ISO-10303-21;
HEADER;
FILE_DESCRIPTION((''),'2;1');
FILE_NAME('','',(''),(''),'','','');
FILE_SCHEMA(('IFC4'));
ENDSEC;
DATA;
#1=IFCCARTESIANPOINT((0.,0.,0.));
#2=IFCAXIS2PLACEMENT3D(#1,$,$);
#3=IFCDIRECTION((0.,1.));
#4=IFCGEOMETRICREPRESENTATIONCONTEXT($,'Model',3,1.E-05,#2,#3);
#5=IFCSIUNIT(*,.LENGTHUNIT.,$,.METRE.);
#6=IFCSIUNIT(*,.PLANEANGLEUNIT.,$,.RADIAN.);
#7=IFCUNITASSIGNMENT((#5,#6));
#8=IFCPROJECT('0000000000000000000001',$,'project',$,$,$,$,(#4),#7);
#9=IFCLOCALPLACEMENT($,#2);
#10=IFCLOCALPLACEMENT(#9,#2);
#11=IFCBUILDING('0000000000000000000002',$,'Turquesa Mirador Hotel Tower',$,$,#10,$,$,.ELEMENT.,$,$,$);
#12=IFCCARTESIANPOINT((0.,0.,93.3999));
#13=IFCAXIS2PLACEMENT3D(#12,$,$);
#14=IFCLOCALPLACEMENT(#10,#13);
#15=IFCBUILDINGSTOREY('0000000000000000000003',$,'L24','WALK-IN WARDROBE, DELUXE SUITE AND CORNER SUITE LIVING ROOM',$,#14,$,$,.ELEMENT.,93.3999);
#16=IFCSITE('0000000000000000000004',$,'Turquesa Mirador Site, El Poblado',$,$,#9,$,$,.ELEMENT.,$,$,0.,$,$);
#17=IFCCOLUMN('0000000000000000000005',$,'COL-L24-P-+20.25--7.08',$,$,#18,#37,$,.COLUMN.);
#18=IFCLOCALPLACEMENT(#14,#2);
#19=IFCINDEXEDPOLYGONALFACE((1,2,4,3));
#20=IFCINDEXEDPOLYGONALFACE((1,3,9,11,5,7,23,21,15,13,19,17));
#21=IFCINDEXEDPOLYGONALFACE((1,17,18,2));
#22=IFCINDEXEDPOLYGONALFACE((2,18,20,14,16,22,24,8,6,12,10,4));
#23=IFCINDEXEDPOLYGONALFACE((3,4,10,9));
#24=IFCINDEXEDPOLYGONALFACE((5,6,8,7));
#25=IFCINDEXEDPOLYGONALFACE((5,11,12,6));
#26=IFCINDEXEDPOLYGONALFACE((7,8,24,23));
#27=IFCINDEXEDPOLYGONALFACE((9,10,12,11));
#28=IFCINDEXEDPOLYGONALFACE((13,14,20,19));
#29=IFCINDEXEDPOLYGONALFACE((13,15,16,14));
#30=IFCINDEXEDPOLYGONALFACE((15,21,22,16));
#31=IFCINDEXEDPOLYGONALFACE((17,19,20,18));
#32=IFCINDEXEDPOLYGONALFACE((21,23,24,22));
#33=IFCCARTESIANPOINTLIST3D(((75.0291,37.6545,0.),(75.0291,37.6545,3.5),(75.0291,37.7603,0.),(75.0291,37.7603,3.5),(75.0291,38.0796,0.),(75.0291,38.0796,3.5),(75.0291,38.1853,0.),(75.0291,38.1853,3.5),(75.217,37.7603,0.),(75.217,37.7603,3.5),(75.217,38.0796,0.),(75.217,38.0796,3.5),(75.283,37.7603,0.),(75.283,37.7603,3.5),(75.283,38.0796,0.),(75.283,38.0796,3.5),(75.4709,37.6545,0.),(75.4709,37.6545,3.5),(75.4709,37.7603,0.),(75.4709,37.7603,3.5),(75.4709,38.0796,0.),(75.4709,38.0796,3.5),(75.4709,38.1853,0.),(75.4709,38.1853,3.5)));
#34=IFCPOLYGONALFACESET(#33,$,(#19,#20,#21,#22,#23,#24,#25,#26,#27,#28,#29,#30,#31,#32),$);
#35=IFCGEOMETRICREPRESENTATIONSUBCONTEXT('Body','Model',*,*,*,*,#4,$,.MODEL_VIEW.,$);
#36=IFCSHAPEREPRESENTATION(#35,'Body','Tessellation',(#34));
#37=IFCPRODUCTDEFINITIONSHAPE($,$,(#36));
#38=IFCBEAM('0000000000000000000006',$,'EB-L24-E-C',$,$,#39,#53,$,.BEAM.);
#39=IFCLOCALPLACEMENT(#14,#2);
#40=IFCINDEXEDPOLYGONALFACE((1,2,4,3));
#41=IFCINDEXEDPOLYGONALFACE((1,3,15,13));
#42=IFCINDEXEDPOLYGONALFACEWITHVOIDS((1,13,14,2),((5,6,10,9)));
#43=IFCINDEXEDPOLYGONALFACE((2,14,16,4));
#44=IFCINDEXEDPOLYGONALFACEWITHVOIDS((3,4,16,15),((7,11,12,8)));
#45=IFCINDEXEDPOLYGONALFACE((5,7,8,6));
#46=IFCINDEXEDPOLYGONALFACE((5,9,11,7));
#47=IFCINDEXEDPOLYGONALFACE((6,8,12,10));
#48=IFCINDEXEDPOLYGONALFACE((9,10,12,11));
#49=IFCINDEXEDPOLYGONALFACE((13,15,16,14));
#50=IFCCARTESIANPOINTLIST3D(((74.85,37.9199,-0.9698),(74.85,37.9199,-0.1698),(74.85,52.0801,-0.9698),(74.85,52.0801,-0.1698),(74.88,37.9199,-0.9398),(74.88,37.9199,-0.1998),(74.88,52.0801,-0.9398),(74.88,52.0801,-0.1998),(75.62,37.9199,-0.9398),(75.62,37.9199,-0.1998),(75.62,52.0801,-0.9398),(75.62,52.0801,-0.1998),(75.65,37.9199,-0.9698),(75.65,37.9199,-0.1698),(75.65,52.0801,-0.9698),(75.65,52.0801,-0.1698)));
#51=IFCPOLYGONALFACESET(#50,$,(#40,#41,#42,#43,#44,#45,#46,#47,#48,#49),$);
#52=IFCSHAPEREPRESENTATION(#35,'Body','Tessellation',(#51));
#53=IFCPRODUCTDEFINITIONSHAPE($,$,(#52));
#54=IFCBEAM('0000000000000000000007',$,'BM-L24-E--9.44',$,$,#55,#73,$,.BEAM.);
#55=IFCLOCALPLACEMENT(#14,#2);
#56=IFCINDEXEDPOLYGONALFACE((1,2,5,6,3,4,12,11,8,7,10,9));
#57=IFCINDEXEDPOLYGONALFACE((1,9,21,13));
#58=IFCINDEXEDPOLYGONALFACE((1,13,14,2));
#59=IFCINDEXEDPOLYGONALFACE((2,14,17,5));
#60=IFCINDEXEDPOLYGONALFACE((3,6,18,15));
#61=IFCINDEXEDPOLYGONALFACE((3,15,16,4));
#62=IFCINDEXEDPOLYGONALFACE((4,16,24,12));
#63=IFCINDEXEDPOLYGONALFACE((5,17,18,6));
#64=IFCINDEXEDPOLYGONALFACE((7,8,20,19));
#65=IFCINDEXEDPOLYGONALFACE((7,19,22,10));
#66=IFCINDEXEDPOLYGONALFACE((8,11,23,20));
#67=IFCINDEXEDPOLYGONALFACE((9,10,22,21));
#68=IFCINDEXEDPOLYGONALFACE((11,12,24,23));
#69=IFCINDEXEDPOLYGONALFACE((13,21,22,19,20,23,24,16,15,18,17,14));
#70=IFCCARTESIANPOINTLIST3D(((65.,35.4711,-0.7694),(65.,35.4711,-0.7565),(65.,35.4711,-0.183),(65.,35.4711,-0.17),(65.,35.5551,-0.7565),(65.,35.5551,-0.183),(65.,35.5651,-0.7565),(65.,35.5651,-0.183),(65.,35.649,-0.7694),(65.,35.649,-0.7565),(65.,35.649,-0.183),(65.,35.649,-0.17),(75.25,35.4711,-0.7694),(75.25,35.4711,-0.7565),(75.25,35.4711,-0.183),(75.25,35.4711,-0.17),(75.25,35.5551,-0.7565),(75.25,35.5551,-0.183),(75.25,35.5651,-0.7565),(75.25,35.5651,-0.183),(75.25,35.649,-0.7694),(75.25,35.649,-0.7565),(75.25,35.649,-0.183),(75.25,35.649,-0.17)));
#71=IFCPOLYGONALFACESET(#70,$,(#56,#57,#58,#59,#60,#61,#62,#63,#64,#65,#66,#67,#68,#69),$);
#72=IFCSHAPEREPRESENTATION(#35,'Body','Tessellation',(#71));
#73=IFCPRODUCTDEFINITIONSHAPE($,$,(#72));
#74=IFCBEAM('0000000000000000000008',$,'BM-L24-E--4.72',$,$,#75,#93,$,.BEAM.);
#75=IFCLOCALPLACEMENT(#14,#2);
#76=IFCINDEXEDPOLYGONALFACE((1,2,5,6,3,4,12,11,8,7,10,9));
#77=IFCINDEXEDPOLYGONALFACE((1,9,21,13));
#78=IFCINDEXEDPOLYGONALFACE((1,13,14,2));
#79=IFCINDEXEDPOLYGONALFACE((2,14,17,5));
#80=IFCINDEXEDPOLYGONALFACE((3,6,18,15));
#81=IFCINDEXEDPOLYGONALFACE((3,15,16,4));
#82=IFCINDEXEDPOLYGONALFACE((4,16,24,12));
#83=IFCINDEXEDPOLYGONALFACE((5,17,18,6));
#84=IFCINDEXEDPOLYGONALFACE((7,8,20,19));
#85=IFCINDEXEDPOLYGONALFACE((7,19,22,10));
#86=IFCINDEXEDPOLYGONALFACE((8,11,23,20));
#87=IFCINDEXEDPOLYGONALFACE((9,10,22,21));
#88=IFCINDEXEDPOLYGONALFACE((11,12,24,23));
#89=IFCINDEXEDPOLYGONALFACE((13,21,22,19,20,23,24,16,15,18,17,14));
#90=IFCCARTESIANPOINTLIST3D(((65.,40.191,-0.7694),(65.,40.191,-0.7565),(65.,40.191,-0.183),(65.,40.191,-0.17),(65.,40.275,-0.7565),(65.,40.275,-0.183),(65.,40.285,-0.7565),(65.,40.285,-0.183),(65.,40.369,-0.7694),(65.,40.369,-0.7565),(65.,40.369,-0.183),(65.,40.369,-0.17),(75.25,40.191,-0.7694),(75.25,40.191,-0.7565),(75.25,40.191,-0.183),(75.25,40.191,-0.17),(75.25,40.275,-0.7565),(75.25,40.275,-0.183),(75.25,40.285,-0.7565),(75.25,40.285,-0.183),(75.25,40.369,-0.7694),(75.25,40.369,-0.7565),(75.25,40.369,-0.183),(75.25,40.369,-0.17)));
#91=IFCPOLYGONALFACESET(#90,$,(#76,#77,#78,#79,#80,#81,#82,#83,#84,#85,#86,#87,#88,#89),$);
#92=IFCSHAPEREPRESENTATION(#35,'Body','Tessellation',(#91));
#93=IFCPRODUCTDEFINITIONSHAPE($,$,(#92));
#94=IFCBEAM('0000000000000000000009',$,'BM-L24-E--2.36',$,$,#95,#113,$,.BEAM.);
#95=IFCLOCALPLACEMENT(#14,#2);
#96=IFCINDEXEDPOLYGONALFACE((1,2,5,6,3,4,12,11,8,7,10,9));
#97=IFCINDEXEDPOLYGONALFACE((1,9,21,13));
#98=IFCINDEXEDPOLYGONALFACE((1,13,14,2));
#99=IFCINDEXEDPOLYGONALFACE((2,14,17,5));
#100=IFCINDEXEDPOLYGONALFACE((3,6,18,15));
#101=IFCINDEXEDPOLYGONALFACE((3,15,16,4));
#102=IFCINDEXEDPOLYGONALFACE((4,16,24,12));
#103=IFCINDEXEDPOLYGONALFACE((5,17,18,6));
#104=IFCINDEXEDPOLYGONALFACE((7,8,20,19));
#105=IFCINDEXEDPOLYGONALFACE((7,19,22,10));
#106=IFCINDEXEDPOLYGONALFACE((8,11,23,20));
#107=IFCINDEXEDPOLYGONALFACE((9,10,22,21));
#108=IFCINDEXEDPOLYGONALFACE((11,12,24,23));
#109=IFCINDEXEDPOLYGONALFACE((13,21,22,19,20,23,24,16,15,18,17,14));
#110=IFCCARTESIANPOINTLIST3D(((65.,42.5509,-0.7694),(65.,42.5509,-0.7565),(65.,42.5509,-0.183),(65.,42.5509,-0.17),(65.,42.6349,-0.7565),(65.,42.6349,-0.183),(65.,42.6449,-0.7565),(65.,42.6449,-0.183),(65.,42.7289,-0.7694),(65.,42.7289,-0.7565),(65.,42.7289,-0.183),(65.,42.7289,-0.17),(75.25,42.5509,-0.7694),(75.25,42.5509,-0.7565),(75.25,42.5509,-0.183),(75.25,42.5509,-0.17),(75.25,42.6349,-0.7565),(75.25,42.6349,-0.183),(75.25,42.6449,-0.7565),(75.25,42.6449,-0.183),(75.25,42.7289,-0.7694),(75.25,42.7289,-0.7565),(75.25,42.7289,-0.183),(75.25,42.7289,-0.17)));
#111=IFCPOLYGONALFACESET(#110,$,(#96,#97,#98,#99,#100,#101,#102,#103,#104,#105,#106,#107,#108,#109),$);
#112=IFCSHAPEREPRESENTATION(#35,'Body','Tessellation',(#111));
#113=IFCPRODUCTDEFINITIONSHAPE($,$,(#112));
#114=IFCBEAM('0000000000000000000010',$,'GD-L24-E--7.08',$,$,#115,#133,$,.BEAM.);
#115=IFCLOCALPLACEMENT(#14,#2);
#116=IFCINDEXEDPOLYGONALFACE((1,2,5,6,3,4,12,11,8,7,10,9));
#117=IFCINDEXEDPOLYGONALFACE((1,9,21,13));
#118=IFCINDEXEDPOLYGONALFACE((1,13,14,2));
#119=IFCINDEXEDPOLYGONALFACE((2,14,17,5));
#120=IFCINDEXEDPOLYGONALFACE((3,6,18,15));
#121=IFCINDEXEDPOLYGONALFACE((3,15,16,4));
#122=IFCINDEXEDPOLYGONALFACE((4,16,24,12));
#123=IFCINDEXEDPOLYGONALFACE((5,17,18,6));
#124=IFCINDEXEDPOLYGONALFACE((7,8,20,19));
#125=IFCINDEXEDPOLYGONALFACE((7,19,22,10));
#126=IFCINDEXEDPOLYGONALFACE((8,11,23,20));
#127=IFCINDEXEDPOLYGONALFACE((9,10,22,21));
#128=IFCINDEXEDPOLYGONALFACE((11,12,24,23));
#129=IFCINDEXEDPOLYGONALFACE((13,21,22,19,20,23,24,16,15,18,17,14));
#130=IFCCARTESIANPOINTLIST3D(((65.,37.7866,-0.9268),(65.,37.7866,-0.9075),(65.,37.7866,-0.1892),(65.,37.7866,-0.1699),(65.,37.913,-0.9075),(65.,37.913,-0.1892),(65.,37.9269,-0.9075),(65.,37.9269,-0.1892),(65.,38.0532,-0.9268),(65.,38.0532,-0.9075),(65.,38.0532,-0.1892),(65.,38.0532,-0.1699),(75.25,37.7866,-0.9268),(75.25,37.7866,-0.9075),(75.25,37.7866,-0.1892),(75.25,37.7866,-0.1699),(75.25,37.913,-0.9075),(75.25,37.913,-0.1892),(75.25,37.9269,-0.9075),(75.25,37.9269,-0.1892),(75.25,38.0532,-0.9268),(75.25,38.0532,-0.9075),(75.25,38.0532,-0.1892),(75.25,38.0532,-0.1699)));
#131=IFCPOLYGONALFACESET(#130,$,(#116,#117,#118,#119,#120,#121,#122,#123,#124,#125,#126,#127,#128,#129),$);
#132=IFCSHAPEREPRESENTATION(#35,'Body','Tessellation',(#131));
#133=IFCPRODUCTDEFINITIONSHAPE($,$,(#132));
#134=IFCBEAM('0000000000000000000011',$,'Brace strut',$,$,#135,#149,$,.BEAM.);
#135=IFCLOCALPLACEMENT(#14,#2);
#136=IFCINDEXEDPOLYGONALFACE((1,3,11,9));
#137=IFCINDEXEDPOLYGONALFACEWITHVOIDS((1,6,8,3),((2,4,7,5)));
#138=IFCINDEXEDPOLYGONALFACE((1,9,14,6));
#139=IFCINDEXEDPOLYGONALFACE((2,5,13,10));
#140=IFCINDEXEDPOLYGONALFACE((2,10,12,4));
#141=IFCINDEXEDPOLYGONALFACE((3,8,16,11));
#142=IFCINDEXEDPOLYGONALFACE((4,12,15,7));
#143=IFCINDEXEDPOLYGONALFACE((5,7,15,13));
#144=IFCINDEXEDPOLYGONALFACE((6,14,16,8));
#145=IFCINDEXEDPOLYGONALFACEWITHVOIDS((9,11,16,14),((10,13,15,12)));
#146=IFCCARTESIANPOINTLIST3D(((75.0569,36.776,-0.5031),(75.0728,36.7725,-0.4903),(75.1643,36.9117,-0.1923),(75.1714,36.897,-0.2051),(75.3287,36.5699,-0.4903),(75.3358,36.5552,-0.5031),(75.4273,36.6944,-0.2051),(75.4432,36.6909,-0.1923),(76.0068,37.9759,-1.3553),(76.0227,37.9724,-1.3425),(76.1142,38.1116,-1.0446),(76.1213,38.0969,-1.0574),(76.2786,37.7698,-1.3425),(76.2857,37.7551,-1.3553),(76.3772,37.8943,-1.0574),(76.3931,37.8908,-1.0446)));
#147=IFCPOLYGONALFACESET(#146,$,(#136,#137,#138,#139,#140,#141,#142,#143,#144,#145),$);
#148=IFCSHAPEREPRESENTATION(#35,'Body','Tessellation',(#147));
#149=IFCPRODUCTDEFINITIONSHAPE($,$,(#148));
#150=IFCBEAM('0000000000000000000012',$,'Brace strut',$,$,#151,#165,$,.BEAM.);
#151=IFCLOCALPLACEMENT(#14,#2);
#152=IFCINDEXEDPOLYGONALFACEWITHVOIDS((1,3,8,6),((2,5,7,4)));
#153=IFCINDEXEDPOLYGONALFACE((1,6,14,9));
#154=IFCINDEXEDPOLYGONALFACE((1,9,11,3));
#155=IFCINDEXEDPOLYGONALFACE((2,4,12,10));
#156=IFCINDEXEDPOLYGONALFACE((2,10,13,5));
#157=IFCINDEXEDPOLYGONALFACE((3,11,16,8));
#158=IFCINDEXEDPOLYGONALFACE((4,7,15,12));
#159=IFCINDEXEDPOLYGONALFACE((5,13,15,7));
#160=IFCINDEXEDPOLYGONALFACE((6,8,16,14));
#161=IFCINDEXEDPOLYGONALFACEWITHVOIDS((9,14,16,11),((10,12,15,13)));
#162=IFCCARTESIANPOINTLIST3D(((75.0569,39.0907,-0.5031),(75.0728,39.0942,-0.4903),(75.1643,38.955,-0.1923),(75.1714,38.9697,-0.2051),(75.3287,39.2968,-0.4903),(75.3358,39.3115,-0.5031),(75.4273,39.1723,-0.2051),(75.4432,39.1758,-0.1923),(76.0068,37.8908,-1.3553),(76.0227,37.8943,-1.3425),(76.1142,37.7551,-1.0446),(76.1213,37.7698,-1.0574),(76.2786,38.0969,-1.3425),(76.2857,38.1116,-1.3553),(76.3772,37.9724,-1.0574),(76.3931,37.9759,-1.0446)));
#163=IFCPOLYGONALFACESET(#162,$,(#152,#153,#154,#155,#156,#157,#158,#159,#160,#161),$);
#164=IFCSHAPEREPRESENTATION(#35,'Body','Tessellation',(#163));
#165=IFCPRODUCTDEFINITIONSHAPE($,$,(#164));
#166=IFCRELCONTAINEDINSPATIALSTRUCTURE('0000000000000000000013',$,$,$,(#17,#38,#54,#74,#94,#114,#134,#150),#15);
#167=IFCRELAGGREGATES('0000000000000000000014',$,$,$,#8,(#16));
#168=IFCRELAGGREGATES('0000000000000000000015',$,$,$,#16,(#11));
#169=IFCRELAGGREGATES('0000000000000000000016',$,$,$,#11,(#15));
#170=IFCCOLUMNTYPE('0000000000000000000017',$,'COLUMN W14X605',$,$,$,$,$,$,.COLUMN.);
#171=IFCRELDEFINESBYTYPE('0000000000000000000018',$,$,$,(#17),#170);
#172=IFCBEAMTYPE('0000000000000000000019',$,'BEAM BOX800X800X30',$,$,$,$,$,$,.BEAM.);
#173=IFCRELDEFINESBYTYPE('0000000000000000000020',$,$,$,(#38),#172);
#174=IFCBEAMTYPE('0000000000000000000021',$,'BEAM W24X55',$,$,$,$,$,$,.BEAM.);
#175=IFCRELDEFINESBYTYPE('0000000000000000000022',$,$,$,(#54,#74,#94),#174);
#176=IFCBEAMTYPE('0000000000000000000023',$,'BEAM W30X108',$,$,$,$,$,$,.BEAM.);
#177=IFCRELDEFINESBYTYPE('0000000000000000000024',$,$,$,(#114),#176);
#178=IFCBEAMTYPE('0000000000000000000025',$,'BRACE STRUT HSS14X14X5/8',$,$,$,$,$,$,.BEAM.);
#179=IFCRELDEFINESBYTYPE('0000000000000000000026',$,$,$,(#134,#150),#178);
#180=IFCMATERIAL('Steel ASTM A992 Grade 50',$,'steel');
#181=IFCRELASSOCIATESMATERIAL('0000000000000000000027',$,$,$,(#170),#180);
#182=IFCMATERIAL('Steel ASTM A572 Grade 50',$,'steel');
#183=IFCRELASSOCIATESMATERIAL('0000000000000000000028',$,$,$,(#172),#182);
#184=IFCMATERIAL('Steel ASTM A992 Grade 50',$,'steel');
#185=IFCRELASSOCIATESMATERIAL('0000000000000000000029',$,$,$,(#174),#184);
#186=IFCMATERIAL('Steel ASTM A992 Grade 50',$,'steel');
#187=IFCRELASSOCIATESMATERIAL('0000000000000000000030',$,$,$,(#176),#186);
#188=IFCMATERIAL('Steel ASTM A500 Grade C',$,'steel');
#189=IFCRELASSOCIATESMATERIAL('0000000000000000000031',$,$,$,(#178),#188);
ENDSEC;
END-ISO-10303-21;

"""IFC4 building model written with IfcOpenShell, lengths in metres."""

from ifc_helpers import new_model, si_unit, direction, frame, origin, origin_2d, place, context, subcontext, project, spatial, hollow_rectangle, i_section, extrude, material, material_profile, profile_set, type_object, element, save


model = new_model("IFC4")

# Units and contexts
model_context = context("Model", 3, precision=1e-05, world=origin(), true_north=direction((0.0, 1.0)))
body_context = subcontext(model_context, "Body", "Model", "MODEL_VIEW")
ifc_project = project(units=[si_unit("LENGTHUNIT", "METRE"), si_unit("PLANEANGLEUNIT", "RADIAN")], contexts=[model_context])

# Site, building, storey
site_placement = place(None, origin())
site = spatial("IfcSite", under=ifc_project, at=site_placement, Name="Turquesa Mirador Site, El Poblado", CompositionType="ELEMENT", RefElevation=0.0)
building_placement = place(site_placement, origin())
building = spatial("IfcBuilding", under=site, at=building_placement, Name="Turquesa Mirador Hotel Tower", CompositionType="ELEMENT")
storey_placement = place(building_placement, frame((0.0, 0.0, 93.3999)))
storey = spatial("IfcBuildingStorey", under=building, at=storey_placement, Name="L24", Description="WALK-IN WARDROBE, DELUXE SUITE AND CORNER SUITE LIVING ROOM", CompositionType="ELEMENT", Elevation=93.3999)

# Column
ifc_material_1 = material(Name="Steel ASTM A992 Grade 50", Category="steel")
ifc_material_profile_1 = material_profile(ifc_material_1, i_section(OverallWidth=0.4419, OverallDepth=0.5308, WebThickness=0.0659, FlangeThickness=0.1057, at=origin_2d()), Name="W14X605")
ifc_profile_set_1 = profile_set([ifc_material_profile_1], Name="Steel ASTM A992 Grade 50")
column_type = type_object("IfcColumnType", Name="COLUMN W14X605", PredefinedType="COLUMN", material=ifc_profile_set_1)
column_placement = place(storey_placement, frame((75.25, 37.9199, 0.0), z_axis=(0.0, 0.0, 1.0), x_axis=(1.0, 0.0, 0.0)))
element("IfcColumn", 1, at=column_placement, inside=storey, type_object=column_type, Name="COL-L24-P-+20.25--7.08", PredefinedType="COLUMN", context=body_context, shape_type="SweptSolid", body=[
    extrude(i_section(OverallWidth=0.4419, OverallDepth=0.5308, WebThickness=0.0659, FlangeThickness=0.1057, at=origin_2d()), origin(), (0.0, 0.0, 1.0), 3.5),
])

# Beams
ifc_material_2 = material(Name="Steel ASTM A572 Grade 50", Category="steel")
ifc_material_profile_2 = material_profile(ifc_material_2, hollow_rectangle(XDim=0.8, YDim=0.8, WallThickness=0.03, at=origin_2d()), Name="BOX800X800X30")
ifc_profile_set_2 = profile_set([ifc_material_profile_2], Name="Steel ASTM A572 Grade 50")
beam_type_1 = type_object("IfcBeamType", Name="BEAM BOX800X800X30", PredefinedType="BEAM", material=ifc_profile_set_2)
beam_1_placement = place(storey_placement, frame((75.25, 37.9199, -0.5698), z_axis=(0.0, 1.0, 0.0), x_axis=(-1.0, 0.0, 0.0)))
element("IfcBeam", 2, at=beam_1_placement, inside=storey, type_object=beam_type_1, Name="EB-L24-E-C", PredefinedType="BEAM", context=body_context, shape_type="SweptSolid", body=[
    extrude(hollow_rectangle(XDim=0.8, YDim=0.8, WallThickness=0.03, at=origin_2d()), origin(), (0.0, 0.0, 1.0), 14.1602),
])
ifc_material_3 = material(Name="Steel ASTM A992 Grade 50", Category="steel")
ifc_material_profile_3 = material_profile(ifc_material_3, i_section(OverallWidth=0.178, OverallDepth=0.5994, WebThickness=0.01, FlangeThickness=0.0129, at=origin_2d()), Name="W24X55")
ifc_profile_set_3 = profile_set([ifc_material_profile_3], Name="Steel ASTM A992 Grade 50")
beam_type_2 = type_object("IfcBeamType", Name="BEAM W24X55", PredefinedType="BEAM", material=ifc_profile_set_3)
for number, where, z_axis, x_axis, name in (
    (3, (75.25, 35.5601, -0.4697), (-1.0, 0.0, 0.0), (0.0, -1.0, 0.0), "BM-L24-E--9.44"),
    (4, (75.25, 40.28, -0.4697), (-1.0, 0.0, 0.0), (0.0, -1.0, 0.0), "BM-L24-E--4.72"),
    (5, (75.25, 42.6399, -0.4697), (-1.0, 0.0, 0.0), (0.0, -1.0, 0.0), "BM-L24-E--2.36"),
):
    element("IfcBeam", number, at=place(storey_placement, frame(where, z_axis=z_axis, x_axis=x_axis)), inside=storey, type_object=beam_type_2, Name=name, PredefinedType="BEAM", context=body_context, shape_type="SweptSolid", body=[
        extrude(i_section(OverallWidth=0.178, OverallDepth=0.5994, WebThickness=0.01, FlangeThickness=0.0129, at=origin_2d()), origin(), (0.0, 0.0, 1.0), 10.25),
    ])
ifc_material_4 = material(Name="Steel ASTM A992 Grade 50", Category="steel")
ifc_material_profile_4 = material_profile(ifc_material_4, i_section(OverallWidth=0.2666, OverallDepth=0.7568, WebThickness=0.0139, FlangeThickness=0.0193, at=origin_2d()), Name="W30X108")
ifc_profile_set_4 = profile_set([ifc_material_profile_4], Name="Steel ASTM A992 Grade 50")
beam_type_3 = type_object("IfcBeamType", Name="BEAM W30X108", PredefinedType="BEAM", material=ifc_profile_set_4)
beam_2_placement = place(storey_placement, frame((75.25, 37.9199, -0.5483), z_axis=(-1.0, 0.0, 0.0), x_axis=(0.0, -1.0, 0.0)))
element("IfcBeam", 6, at=beam_2_placement, inside=storey, type_object=beam_type_3, Name="GD-L24-E--7.08", PredefinedType="BEAM", context=body_context, shape_type="SweptSolid", body=[
    extrude(i_section(OverallWidth=0.2666, OverallDepth=0.7568, WebThickness=0.0139, FlangeThickness=0.0193, at=origin_2d()), origin(), (0.0, 0.0, 1.0), 10.25),
])
ifc_material_5 = material(Name="Steel ASTM A500 Grade C", Category="steel")
ifc_material_profile_5 = material_profile(ifc_material_5, hollow_rectangle(XDim=0.3557, YDim=0.3557, WallThickness=0.0146, at=origin_2d()), Name="HSS14X14X5/8")
ifc_profile_set_5 = profile_set([ifc_material_profile_5], Name="Steel ASTM A500 Grade C")
beam_type_4 = type_object("IfcBeamType", Name="BRACE STRUT HSS14X14X5/8", PredefinedType="BEAM", material=ifc_profile_set_5)
for number, where, z_axis, x_axis, name in (
    (7, (76.2, 37.9333, -1.2), (-0.542281, -0.684994, 0.486534), (0.784049, -0.620699, 0.0), "Brace strut"),
    (8, (76.2, 37.9333, -1.2), (-0.542281, 0.684994, 0.486534), (-0.784049, -0.620699, 0.0), "Brace strut"),
):
    element("IfcBeam", number, at=place(storey_placement, frame(where, z_axis=z_axis, x_axis=x_axis)), inside=storey, type_object=beam_type_4, Name=name, PredefinedType="BEAM", context=body_context, shape_type="SweptSolid", body=[
        extrude(hollow_rectangle(XDim=0.3557, YDim=0.3557, WallThickness=0.0146, at=origin_2d()), origin(), (0.0, 0.0, 1.0), 1.7517),
    ])

save(model, "model.ifc")
